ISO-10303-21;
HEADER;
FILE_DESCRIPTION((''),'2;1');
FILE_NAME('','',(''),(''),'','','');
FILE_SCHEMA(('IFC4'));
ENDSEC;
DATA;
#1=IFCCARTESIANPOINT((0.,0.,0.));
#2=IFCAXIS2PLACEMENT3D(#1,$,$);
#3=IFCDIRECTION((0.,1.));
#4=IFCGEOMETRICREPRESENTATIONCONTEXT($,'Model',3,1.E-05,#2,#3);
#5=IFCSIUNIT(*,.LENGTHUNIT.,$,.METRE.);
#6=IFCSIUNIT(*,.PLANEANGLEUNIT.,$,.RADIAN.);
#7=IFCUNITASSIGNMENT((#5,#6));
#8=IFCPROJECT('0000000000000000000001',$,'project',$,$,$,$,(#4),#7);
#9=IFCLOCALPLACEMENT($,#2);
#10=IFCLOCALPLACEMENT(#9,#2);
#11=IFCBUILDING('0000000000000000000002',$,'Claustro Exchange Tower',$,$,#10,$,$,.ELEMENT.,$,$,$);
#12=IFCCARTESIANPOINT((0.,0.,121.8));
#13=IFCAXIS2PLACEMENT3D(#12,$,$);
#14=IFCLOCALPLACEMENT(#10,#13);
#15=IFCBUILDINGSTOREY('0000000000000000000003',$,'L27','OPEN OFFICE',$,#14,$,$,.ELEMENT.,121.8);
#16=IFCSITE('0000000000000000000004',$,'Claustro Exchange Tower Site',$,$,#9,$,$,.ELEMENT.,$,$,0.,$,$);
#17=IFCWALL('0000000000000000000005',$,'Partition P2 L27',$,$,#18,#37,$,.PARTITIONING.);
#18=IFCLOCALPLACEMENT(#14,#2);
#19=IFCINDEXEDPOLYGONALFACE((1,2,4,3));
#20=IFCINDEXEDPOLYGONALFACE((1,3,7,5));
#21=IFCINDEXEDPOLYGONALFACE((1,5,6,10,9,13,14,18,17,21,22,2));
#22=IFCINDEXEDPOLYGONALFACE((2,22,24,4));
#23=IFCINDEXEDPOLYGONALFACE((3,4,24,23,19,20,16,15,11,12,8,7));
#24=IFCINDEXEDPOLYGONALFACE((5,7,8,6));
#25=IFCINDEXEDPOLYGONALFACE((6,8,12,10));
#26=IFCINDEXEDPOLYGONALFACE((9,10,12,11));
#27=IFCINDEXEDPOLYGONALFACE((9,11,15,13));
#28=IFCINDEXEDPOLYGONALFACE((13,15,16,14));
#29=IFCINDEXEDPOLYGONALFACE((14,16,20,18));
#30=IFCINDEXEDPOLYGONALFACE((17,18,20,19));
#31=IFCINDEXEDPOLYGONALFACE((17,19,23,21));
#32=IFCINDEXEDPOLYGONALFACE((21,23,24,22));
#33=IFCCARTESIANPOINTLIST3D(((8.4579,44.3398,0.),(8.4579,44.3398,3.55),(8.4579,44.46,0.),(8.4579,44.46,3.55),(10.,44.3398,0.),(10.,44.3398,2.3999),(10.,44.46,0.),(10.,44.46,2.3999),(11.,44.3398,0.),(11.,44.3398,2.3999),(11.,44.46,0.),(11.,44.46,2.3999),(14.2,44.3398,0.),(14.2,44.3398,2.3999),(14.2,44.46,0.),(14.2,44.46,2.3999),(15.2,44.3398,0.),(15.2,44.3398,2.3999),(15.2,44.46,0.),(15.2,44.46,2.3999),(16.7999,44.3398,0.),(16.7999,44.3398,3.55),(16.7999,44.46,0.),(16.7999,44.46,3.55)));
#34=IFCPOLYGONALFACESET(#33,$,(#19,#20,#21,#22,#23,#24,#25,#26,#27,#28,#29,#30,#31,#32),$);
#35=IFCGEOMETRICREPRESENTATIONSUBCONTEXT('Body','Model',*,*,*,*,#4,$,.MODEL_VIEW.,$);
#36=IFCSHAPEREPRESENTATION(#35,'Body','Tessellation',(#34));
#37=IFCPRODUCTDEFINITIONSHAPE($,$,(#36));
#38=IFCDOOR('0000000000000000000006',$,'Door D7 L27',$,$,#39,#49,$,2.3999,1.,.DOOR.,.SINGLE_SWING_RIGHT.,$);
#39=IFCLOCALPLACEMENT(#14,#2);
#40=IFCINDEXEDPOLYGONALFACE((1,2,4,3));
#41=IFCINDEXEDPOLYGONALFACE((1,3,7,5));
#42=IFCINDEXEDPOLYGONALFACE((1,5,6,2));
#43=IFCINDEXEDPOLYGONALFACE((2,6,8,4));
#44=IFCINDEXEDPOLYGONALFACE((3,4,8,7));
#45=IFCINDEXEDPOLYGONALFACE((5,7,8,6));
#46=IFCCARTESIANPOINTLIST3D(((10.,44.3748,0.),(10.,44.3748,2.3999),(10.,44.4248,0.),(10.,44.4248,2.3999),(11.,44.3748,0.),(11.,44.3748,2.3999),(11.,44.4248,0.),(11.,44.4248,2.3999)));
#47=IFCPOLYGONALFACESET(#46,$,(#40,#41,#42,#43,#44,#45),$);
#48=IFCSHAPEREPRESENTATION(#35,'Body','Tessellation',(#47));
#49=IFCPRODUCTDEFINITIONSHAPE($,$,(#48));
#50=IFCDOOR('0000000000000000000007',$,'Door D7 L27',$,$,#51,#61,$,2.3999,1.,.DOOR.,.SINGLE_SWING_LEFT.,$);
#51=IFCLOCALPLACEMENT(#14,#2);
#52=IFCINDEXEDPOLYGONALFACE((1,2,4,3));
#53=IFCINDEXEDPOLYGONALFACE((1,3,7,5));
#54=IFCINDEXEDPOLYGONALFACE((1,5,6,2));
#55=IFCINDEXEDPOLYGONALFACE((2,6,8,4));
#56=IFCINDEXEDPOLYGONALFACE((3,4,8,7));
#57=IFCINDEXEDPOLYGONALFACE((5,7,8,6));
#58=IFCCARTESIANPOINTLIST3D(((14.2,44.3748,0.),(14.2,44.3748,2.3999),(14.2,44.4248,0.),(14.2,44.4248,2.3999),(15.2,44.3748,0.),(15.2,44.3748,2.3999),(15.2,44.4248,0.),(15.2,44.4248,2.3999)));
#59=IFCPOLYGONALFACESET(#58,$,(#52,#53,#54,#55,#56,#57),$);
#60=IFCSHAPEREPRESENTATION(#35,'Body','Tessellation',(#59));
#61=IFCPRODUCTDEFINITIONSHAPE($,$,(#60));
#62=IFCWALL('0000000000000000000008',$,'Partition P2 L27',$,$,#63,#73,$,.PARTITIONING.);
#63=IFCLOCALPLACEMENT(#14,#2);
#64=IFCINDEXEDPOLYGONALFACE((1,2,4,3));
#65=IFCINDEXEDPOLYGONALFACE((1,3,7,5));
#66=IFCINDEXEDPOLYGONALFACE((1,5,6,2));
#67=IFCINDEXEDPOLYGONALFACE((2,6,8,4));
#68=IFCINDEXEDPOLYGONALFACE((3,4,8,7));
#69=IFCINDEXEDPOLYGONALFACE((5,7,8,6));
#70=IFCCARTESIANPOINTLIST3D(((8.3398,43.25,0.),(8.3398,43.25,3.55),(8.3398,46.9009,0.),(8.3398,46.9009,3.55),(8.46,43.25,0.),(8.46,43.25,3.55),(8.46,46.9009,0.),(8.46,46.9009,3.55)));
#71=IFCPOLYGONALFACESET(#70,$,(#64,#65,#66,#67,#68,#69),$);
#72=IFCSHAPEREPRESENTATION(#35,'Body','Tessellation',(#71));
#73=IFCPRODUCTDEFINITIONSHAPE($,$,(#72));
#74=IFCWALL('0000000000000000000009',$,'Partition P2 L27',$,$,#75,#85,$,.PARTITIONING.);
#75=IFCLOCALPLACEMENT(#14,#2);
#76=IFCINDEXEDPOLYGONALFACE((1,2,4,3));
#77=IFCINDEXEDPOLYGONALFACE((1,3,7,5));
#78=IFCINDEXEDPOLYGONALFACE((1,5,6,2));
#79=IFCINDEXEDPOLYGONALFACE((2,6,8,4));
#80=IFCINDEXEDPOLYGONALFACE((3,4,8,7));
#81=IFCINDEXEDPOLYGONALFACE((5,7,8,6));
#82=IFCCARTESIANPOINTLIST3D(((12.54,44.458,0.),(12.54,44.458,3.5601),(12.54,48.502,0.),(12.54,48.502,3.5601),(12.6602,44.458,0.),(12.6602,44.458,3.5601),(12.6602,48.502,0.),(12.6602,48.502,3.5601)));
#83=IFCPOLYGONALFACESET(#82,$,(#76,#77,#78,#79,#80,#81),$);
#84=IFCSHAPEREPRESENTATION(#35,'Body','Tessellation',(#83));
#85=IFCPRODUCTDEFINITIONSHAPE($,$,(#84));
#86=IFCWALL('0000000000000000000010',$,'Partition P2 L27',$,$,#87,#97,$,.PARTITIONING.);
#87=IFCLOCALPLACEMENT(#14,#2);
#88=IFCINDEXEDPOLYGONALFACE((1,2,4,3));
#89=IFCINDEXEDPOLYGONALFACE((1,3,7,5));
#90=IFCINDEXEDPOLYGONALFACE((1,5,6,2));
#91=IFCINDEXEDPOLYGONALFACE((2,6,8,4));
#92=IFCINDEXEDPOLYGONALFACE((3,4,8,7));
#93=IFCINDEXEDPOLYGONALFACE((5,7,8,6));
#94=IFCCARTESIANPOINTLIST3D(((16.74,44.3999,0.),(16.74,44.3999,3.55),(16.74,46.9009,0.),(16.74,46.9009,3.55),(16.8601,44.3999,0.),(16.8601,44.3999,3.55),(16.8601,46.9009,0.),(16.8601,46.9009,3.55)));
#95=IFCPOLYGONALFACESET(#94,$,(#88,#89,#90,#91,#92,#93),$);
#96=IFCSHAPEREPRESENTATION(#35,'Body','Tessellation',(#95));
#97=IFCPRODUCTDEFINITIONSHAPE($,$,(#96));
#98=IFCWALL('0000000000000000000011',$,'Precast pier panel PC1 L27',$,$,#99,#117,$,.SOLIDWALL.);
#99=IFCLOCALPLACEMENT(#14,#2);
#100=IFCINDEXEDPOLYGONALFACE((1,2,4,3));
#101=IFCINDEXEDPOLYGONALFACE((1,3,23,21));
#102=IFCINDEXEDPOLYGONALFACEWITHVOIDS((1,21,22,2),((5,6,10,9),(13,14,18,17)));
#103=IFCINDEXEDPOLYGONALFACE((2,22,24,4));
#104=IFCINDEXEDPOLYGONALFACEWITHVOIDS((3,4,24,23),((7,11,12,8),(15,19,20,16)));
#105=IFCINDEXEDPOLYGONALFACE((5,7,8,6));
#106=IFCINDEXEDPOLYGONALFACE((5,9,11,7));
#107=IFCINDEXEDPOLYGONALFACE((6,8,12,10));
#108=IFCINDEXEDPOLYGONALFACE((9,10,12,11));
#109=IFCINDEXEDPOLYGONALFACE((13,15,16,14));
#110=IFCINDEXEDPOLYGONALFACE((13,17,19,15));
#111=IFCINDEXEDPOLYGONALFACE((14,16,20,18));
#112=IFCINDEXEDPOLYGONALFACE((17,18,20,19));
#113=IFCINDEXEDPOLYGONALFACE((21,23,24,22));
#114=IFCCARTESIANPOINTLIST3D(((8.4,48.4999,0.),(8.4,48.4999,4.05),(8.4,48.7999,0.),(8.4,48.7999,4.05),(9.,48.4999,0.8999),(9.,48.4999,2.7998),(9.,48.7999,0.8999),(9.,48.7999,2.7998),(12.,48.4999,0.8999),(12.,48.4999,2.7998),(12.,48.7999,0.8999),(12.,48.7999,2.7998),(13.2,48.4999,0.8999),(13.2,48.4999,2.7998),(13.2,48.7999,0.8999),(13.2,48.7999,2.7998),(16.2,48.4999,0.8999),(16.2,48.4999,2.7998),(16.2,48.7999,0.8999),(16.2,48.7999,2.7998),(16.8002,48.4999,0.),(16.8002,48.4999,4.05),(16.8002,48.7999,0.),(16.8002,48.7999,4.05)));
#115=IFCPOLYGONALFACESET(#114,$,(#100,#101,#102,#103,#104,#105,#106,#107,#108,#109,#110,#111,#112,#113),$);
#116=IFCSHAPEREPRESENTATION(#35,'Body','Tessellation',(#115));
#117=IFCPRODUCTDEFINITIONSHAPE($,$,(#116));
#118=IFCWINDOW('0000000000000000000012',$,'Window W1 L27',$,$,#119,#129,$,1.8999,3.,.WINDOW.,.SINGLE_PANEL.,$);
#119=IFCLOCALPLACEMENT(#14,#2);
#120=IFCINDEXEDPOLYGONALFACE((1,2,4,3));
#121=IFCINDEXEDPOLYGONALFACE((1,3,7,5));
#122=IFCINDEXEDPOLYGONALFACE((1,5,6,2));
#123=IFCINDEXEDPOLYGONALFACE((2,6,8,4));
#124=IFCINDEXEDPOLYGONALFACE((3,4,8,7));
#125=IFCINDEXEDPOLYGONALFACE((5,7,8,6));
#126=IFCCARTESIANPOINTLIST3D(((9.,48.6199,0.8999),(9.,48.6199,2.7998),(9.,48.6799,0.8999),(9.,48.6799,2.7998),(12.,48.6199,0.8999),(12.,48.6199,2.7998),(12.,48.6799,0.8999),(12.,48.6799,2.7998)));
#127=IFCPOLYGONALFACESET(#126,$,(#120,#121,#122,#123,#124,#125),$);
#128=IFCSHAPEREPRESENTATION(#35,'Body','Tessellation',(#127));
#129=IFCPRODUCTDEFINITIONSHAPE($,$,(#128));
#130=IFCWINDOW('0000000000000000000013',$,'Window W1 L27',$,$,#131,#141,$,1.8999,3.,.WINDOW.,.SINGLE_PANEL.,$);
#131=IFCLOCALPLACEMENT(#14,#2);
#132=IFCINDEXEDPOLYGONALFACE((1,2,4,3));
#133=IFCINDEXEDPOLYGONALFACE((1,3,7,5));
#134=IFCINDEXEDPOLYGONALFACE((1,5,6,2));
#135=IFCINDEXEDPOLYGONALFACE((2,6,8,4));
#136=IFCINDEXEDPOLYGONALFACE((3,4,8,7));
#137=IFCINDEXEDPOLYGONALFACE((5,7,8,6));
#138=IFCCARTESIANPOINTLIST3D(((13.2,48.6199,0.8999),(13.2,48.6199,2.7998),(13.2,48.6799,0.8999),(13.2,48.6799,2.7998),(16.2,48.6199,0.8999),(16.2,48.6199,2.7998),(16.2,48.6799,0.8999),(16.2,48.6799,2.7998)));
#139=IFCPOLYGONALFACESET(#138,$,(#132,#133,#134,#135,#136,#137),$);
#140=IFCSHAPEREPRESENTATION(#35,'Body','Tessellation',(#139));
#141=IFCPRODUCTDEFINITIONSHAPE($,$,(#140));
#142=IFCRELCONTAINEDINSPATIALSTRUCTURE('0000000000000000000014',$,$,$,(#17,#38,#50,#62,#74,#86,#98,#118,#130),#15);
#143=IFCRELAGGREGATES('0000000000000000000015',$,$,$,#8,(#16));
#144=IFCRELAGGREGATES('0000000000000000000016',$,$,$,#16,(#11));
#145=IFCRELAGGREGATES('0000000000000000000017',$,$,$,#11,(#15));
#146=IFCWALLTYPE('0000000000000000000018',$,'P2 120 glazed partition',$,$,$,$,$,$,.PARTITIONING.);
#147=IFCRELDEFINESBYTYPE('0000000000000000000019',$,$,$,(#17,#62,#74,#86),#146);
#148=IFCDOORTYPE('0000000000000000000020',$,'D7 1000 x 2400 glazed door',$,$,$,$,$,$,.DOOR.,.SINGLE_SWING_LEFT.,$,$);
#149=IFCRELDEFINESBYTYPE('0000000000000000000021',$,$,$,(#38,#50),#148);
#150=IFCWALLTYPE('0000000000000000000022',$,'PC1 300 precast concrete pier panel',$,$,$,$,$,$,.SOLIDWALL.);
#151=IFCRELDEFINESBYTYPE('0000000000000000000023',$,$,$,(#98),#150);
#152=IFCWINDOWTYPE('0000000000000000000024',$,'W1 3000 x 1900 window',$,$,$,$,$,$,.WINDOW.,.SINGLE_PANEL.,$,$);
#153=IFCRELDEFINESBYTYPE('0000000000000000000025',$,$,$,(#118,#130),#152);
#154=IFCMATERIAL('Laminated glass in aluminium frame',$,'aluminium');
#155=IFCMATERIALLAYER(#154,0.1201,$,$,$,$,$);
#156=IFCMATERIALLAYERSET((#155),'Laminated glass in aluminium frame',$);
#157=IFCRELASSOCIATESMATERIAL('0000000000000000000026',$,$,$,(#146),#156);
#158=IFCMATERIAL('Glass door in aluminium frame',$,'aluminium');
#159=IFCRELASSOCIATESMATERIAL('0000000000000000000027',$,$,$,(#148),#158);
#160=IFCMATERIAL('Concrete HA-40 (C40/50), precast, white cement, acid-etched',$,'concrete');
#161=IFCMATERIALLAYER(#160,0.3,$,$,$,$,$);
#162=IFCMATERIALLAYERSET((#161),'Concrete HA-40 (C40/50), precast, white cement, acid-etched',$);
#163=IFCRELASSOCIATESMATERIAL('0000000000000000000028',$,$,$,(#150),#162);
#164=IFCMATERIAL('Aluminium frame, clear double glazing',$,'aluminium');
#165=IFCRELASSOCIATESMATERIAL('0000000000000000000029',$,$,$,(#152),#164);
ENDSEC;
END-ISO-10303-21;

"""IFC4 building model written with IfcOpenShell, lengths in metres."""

from ifc_helpers import new_model, si_unit, direction, frame, frame_2d, origin, place, context, subcontext, project, spatial, rectangle, extrude, material, layer, layer_set, type_object, element, fill, save


model = new_model("IFC4")

# Units and contexts
model_context = context("Model", 3, precision=1e-05, world=origin(), true_north=direction((0.0, 1.0)))
body_context = subcontext(model_context, "Body", "Model", "MODEL_VIEW")
ifc_project = project(units=[si_unit("LENGTHUNIT", "METRE"), si_unit("PLANEANGLEUNIT", "RADIAN")], contexts=[model_context])

# Site, building, storey
site_placement = place(None, origin())
site = spatial("IfcSite", under=ifc_project, at=site_placement, Name="Claustro Exchange Tower Site", CompositionType="ELEMENT", RefElevation=0.0)
building_placement = place(site_placement, origin())
building = spatial("IfcBuilding", under=site, at=building_placement, Name="Claustro Exchange Tower", CompositionType="ELEMENT")
storey_placement = place(building_placement, frame((0.0, 0.0, 121.8)))
storey = spatial("IfcBuildingStorey", under=building, at=storey_placement, Name="L27", Description="OPEN OFFICE", CompositionType="ELEMENT", Elevation=121.8)

# Wall, openings, doors
ifc_material_1 = material(Name="Laminated glass in aluminium frame", Category="aluminium")
ifc_layer_1 = layer(ifc_material_1, 0.1201)
ifc_layer_set_1 = layer_set([ifc_layer_1], Name="Laminated glass in aluminium frame")
wall_type_1 = type_object("IfcWallType", Name="P2 120 glazed partition", PredefinedType="PARTITIONING", material=ifc_layer_set_1)
wall_1_placement = place(storey_placement, frame((8.458, 44.3999, 0.0), z_axis=(0.0, 0.0, 1.0), x_axis=(1.0, 0.0, 0.0)))
wall_1 = element("IfcWall", 1, at=wall_1_placement, inside=storey, type_object=wall_type_1, Name="Partition P2 L27", PredefinedType="PARTITIONING", context=body_context, shape_type="SweptSolid", body=[
    extrude(rectangle(XDim=8.342, YDim=0.1201, at=frame_2d((4.1709, 0.0))), origin(), (0.0, 0.0, 1.0), 3.55),
])
opening_1_placement = place(wall_1_placement, frame((1.542, 0.0, 0.0)))
opening_1 = element("IfcOpeningElement", 2, at=opening_1_placement, cuts=wall_1, PredefinedType="OPENING", context=body_context, shape_type="SweptSolid", body=[
    extrude(rectangle(XDim=1.0, YDim=2.3999, at=frame_2d((0.5, 1.2))), frame((0.0, 0.0701, 0.0), z_axis=(0.0, -1.0, 0.0), x_axis=(1.0, 0.0, 0.0)), (0.0, 0.0, 1.0), 0.1401),
])
opening_2_placement = place(wall_1_placement, frame((5.7419, 0.0, 0.0)))
opening_2 = element("IfcOpeningElement", 3, at=opening_2_placement, cuts=wall_1, PredefinedType="OPENING", context=body_context, shape_type="SweptSolid", body=[
    extrude(rectangle(XDim=1.0, YDim=2.3999, at=frame_2d((0.5, 1.2))), frame((0.0, 0.0701, 0.0), z_axis=(0.0, -1.0, 0.0), x_axis=(1.0, 0.0, 0.0)), (0.0, 0.0, 1.0), 0.1401),
])
ifc_material_2 = material(Name="Glass door in aluminium frame", Category="aluminium")
door_type = type_object("IfcDoorType", Name="D7 1000 x 2400 glazed door", OperationType="SINGLE_SWING_LEFT", PredefinedType="DOOR", material=ifc_material_2)
door_1_placement = place(opening_1_placement, origin())
door_1 = element("IfcDoor", 4, at=door_1_placement, inside=storey, type_object=door_type, Name="Door D7 L27", OperationType="SINGLE_SWING_RIGHT", OverallHeight=2.3999, OverallWidth=1.0, PredefinedType="DOOR", context=body_context, shape_type="SweptSolid", body=[
    extrude(rectangle(XDim=1.0, YDim=2.3999, at=frame_2d((0.5, 1.2))), frame((0.0, 0.0249, 0.0), z_axis=(0.0, -1.0, 0.0), x_axis=(1.0, 0.0, 0.0)), (0.0, 0.0, 1.0), 0.05),
])
fill(opening_1, door_1)
door_2_placement = place(opening_2_placement, origin())
door_2 = element("IfcDoor", 5, at=door_2_placement, inside=storey, type_object=door_type, Name="Door D7 L27", OperationType="SINGLE_SWING_LEFT", OverallHeight=2.3999, OverallWidth=1.0, PredefinedType="DOOR", context=body_context, shape_type="SweptSolid", body=[
    extrude(rectangle(XDim=1.0, YDim=2.3999, at=frame_2d((0.5, 1.2))), frame((0.0, 0.0249, 0.0), z_axis=(0.0, -1.0, 0.0), x_axis=(1.0, 0.0, 0.0)), (0.0, 0.0, 1.0), 0.05),
])
fill(opening_2, door_2)

# Walls
wall_2_placement = place(storey_placement, frame((8.3999, 43.25, 0.0), z_axis=(0.0, 0.0, 1.0), x_axis=(0.0, 1.0, 0.0)))
element("IfcWall", 6, at=wall_2_placement, inside=storey, type_object=wall_type_1, Name="Partition P2 L27", PredefinedType="PARTITIONING", context=body_context, shape_type="SweptSolid", body=[
    extrude(rectangle(XDim=3.6509, YDim=0.1201, at=frame_2d((1.8254, 0.0))), origin(), (0.0, 0.0, 1.0), 3.55),
])
wall_3_placement = place(storey_placement, frame((12.6001, 44.458, 0.0), z_axis=(0.0, 0.0, 1.0), x_axis=(0.0, 1.0, 0.0)))
element("IfcWall", 7, at=wall_3_placement, inside=storey, type_object=wall_type_1, Name="Partition P2 L27", PredefinedType="PARTITIONING", context=body_context, shape_type="SweptSolid", body=[
    extrude(rectangle(XDim=4.0439, YDim=0.1201, at=frame_2d((2.022, 0.0))), origin(), (0.0, 0.0, 1.0), 3.5601),
])
wall_4_placement = place(storey_placement, frame((16.8, 44.3999, 0.0), z_axis=(0.0, 0.0, 1.0), x_axis=(0.0, 1.0, 0.0)))
element("IfcWall", 8, at=wall_4_placement, inside=storey, type_object=wall_type_1, Name="Partition P2 L27", PredefinedType="PARTITIONING", context=body_context, shape_type="SweptSolid", body=[
    extrude(rectangle(XDim=2.501, YDim=0.1201, at=frame_2d((1.2505, 0.0))), origin(), (0.0, 0.0, 1.0), 3.55),
])

# Wall, openings, windows
ifc_material_3 = material(Name="Concrete HA-40 (C40/50), precast, white cement, acid-etched", Category="concrete")
ifc_layer_2 = layer(ifc_material_3, 0.3)
ifc_layer_set_2 = layer_set([ifc_layer_2], Name="Concrete HA-40 (C40/50), precast, white cement, acid-etched")
wall_type_2 = type_object("IfcWallType", Name="PC1 300 precast concrete pier panel", PredefinedType="SOLIDWALL", material=ifc_layer_set_2)
wall_5_placement = place(storey_placement, frame((8.3999, 48.6499, 0.0), z_axis=(0.0, 0.0, 1.0), x_axis=(1.0, 0.0, 0.0)))
wall_5 = element("IfcWall", 9, at=wall_5_placement, inside=storey, type_object=wall_type_2, Name="Precast pier panel PC1 L27", PredefinedType="SOLIDWALL", context=body_context, shape_type="SweptSolid", body=[
    extrude(rectangle(XDim=8.4001, YDim=0.3, at=frame_2d((4.2002, 0.0))), origin(), (0.0, 0.0, 1.0), 4.05),
])
opening_3_placement = place(wall_5_placement, frame((0.6001, 0.0, 0.8999)))
opening_3 = element("IfcOpeningElement", 10, at=opening_3_placement, cuts=wall_5, PredefinedType="OPENING", context=body_context, shape_type="SweptSolid", body=[
    extrude(rectangle(XDim=3.0, YDim=1.8999, at=frame_2d((1.5, 0.95))), frame((0.0, 0.1599, 0.0), z_axis=(0.0, -1.0, 0.0), x_axis=(1.0, 0.0, 0.0)), (0.0, 0.0, 1.0), 0.3201),
])
opening_4_placement = place(wall_5_placement, frame((4.8, 0.0, 0.8999)))
opening_4 = element("IfcOpeningElement", 11, at=opening_4_placement, cuts=wall_5, PredefinedType="OPENING", context=body_context, shape_type="SweptSolid", body=[
    extrude(rectangle(XDim=3.0, YDim=1.8999, at=frame_2d((1.5, 0.95))), frame((0.0, 0.1599, 0.0), z_axis=(0.0, -1.0, 0.0), x_axis=(1.0, 0.0, 0.0)), (0.0, 0.0, 1.0), 0.3201),
])
ifc_material_4 = material(Name="Aluminium frame, clear double glazing", Category="aluminium")
window_type = type_object("IfcWindowType", Name="W1 3000 x 1900 window", PartitioningType="SINGLE_PANEL", PredefinedType="WINDOW", material=ifc_material_4)
window_1_placement = place(opening_3_placement, origin())
window_1 = element("IfcWindow", 12, at=window_1_placement, inside=storey, type_object=window_type, Name="Window W1 L27", OverallHeight=1.8999, OverallWidth=3.0, PartitioningType="SINGLE_PANEL", PredefinedType="WINDOW", context=body_context, shape_type="SweptSolid", body=[
    extrude(rectangle(XDim=3.0, YDim=1.8999, at=frame_2d((1.5, 0.95))), frame((0.0, 0.03, 0.0), z_axis=(0.0, -1.0, 0.0), x_axis=(1.0, 0.0, 0.0)), (0.0, 0.0, 1.0), 0.0601),
])
fill(opening_3, window_1)
window_2_placement = place(opening_4_placement, origin())
window_2 = element("IfcWindow", 13, at=window_2_placement, inside=storey, type_object=window_type, Name="Window W1 L27", OverallHeight=1.8999, OverallWidth=3.0, PartitioningType="SINGLE_PANEL", PredefinedType="WINDOW", context=body_context, shape_type="SweptSolid", body=[
    extrude(rectangle(XDim=3.0, YDim=1.8999, at=frame_2d((1.5, 0.95))), frame((0.0, 0.03, 0.0), z_axis=(0.0, -1.0, 0.0), x_axis=(1.0, 0.0, 0.0)), (0.0, 0.0, 1.0), 0.0601),
])
fill(opening_4, window_2)

save(model, "model.ifc")
